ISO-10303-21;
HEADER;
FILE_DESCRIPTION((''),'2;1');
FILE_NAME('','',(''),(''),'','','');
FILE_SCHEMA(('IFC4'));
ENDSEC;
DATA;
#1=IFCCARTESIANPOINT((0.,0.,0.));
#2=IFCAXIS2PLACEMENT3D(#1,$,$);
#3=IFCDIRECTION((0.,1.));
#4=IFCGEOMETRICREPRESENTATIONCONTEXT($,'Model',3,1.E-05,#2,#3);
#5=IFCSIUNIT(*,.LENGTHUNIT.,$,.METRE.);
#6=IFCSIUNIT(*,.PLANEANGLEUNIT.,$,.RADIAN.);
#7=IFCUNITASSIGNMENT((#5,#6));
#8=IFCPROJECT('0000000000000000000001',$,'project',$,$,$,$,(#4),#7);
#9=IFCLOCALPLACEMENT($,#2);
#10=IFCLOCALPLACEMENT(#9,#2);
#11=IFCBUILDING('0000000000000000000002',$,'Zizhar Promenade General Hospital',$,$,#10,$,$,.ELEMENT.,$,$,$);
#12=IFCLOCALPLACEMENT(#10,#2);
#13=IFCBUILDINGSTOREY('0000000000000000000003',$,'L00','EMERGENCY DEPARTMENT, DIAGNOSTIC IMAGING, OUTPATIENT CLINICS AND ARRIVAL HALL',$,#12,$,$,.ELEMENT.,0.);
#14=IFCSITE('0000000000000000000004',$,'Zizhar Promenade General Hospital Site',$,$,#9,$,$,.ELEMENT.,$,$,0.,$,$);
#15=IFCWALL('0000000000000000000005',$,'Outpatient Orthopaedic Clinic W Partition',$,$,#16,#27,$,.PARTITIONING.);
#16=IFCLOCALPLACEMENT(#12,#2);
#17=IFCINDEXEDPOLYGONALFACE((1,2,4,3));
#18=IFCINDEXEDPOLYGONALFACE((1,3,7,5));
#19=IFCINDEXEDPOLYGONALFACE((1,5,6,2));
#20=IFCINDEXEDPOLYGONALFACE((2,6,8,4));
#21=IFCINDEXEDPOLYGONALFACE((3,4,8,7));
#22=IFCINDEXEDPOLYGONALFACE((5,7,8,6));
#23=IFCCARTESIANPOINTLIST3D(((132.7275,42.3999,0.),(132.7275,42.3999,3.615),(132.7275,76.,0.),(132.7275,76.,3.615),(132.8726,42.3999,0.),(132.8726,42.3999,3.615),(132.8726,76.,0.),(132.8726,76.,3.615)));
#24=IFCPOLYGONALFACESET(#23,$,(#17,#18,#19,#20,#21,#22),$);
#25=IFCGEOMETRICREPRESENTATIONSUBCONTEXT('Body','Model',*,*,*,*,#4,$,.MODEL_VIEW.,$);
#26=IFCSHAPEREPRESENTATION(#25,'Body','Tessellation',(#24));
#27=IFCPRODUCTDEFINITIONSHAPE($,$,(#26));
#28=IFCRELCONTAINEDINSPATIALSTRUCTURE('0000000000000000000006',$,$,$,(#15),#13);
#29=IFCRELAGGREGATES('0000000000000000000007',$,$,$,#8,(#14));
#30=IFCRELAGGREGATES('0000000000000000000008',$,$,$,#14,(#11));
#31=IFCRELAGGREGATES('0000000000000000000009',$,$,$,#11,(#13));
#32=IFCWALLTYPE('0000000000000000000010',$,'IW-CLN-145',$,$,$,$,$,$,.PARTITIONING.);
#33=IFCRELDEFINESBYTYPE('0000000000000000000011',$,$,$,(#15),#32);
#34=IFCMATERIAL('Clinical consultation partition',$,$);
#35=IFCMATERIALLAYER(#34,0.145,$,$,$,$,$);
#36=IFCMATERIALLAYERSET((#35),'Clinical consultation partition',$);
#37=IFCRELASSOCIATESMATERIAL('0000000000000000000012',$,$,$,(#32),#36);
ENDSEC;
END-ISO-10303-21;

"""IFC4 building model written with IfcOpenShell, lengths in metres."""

from ifc_helpers import new_model, si_unit, direction, frame, frame_2d, origin, place, context, subcontext, project, spatial, rectangle, extrude, material, layer, layer_set, type_object, element, save


model = new_model("IFC4")

# Units and contexts
model_context = context("Model", 3, precision=1e-05, world=origin(), true_north=direction((0.0, 1.0)))
body_context = subcontext(model_context, "Body", "Model", "MODEL_VIEW")
ifc_project = project(units=[si_unit("LENGTHUNIT", "METRE"), si_unit("PLANEANGLEUNIT", "RADIAN")], contexts=[model_context])

# Site, building, storey
site_placement = place(None, origin())
site = spatial("IfcSite", under=ifc_project, at=site_placement, Name="Zizhar Promenade General Hospital Site", CompositionType="ELEMENT", RefElevation=0.0)
building_placement = place(site_placement, origin())
building = spatial("IfcBuilding", under=site, at=building_placement, Name="Zizhar Promenade General Hospital", CompositionType="ELEMENT")
storey_placement = place(building_placement, origin())
storey = spatial("IfcBuildingStorey", under=building, at=storey_placement, Name="L00", Description="EMERGENCY DEPARTMENT, DIAGNOSTIC IMAGING, OUTPATIENT CLINICS AND ARRIVAL HALL", CompositionType="ELEMENT", Elevation=0.0)

# Wall
ifc_material_1 = material(Name="Clinical consultation partition")
ifc_layer_1 = layer(ifc_material_1, 0.145)
ifc_layer_set_1 = layer_set([ifc_layer_1], Name="Clinical consultation partition")
wall_type_1 = type_object("IfcWallType", Name="IW-CLN-145", PredefinedType="PARTITIONING", material=ifc_layer_set_1)
wall_1_placement = place(storey_placement, frame((132.8, 42.3999, 0.0), z_axis=(0.0, 0.0, 1.0), x_axis=(0.0, 1.0, 0.0)))
element("IfcWall", 1, at=wall_1_placement, inside=storey, type_object=wall_type_1, Name="Outpatient Orthopaedic Clinic W Partition", PredefinedType="PARTITIONING", context=body_context, shape_type="SweptSolid", body=[
    extrude(rectangle(XDim=33.6001, YDim=0.145, at=frame_2d((16.8, 0.0))), origin(), (0.0, 0.0, 1.0), 3.615),
])

save(model, "model.ifc")
